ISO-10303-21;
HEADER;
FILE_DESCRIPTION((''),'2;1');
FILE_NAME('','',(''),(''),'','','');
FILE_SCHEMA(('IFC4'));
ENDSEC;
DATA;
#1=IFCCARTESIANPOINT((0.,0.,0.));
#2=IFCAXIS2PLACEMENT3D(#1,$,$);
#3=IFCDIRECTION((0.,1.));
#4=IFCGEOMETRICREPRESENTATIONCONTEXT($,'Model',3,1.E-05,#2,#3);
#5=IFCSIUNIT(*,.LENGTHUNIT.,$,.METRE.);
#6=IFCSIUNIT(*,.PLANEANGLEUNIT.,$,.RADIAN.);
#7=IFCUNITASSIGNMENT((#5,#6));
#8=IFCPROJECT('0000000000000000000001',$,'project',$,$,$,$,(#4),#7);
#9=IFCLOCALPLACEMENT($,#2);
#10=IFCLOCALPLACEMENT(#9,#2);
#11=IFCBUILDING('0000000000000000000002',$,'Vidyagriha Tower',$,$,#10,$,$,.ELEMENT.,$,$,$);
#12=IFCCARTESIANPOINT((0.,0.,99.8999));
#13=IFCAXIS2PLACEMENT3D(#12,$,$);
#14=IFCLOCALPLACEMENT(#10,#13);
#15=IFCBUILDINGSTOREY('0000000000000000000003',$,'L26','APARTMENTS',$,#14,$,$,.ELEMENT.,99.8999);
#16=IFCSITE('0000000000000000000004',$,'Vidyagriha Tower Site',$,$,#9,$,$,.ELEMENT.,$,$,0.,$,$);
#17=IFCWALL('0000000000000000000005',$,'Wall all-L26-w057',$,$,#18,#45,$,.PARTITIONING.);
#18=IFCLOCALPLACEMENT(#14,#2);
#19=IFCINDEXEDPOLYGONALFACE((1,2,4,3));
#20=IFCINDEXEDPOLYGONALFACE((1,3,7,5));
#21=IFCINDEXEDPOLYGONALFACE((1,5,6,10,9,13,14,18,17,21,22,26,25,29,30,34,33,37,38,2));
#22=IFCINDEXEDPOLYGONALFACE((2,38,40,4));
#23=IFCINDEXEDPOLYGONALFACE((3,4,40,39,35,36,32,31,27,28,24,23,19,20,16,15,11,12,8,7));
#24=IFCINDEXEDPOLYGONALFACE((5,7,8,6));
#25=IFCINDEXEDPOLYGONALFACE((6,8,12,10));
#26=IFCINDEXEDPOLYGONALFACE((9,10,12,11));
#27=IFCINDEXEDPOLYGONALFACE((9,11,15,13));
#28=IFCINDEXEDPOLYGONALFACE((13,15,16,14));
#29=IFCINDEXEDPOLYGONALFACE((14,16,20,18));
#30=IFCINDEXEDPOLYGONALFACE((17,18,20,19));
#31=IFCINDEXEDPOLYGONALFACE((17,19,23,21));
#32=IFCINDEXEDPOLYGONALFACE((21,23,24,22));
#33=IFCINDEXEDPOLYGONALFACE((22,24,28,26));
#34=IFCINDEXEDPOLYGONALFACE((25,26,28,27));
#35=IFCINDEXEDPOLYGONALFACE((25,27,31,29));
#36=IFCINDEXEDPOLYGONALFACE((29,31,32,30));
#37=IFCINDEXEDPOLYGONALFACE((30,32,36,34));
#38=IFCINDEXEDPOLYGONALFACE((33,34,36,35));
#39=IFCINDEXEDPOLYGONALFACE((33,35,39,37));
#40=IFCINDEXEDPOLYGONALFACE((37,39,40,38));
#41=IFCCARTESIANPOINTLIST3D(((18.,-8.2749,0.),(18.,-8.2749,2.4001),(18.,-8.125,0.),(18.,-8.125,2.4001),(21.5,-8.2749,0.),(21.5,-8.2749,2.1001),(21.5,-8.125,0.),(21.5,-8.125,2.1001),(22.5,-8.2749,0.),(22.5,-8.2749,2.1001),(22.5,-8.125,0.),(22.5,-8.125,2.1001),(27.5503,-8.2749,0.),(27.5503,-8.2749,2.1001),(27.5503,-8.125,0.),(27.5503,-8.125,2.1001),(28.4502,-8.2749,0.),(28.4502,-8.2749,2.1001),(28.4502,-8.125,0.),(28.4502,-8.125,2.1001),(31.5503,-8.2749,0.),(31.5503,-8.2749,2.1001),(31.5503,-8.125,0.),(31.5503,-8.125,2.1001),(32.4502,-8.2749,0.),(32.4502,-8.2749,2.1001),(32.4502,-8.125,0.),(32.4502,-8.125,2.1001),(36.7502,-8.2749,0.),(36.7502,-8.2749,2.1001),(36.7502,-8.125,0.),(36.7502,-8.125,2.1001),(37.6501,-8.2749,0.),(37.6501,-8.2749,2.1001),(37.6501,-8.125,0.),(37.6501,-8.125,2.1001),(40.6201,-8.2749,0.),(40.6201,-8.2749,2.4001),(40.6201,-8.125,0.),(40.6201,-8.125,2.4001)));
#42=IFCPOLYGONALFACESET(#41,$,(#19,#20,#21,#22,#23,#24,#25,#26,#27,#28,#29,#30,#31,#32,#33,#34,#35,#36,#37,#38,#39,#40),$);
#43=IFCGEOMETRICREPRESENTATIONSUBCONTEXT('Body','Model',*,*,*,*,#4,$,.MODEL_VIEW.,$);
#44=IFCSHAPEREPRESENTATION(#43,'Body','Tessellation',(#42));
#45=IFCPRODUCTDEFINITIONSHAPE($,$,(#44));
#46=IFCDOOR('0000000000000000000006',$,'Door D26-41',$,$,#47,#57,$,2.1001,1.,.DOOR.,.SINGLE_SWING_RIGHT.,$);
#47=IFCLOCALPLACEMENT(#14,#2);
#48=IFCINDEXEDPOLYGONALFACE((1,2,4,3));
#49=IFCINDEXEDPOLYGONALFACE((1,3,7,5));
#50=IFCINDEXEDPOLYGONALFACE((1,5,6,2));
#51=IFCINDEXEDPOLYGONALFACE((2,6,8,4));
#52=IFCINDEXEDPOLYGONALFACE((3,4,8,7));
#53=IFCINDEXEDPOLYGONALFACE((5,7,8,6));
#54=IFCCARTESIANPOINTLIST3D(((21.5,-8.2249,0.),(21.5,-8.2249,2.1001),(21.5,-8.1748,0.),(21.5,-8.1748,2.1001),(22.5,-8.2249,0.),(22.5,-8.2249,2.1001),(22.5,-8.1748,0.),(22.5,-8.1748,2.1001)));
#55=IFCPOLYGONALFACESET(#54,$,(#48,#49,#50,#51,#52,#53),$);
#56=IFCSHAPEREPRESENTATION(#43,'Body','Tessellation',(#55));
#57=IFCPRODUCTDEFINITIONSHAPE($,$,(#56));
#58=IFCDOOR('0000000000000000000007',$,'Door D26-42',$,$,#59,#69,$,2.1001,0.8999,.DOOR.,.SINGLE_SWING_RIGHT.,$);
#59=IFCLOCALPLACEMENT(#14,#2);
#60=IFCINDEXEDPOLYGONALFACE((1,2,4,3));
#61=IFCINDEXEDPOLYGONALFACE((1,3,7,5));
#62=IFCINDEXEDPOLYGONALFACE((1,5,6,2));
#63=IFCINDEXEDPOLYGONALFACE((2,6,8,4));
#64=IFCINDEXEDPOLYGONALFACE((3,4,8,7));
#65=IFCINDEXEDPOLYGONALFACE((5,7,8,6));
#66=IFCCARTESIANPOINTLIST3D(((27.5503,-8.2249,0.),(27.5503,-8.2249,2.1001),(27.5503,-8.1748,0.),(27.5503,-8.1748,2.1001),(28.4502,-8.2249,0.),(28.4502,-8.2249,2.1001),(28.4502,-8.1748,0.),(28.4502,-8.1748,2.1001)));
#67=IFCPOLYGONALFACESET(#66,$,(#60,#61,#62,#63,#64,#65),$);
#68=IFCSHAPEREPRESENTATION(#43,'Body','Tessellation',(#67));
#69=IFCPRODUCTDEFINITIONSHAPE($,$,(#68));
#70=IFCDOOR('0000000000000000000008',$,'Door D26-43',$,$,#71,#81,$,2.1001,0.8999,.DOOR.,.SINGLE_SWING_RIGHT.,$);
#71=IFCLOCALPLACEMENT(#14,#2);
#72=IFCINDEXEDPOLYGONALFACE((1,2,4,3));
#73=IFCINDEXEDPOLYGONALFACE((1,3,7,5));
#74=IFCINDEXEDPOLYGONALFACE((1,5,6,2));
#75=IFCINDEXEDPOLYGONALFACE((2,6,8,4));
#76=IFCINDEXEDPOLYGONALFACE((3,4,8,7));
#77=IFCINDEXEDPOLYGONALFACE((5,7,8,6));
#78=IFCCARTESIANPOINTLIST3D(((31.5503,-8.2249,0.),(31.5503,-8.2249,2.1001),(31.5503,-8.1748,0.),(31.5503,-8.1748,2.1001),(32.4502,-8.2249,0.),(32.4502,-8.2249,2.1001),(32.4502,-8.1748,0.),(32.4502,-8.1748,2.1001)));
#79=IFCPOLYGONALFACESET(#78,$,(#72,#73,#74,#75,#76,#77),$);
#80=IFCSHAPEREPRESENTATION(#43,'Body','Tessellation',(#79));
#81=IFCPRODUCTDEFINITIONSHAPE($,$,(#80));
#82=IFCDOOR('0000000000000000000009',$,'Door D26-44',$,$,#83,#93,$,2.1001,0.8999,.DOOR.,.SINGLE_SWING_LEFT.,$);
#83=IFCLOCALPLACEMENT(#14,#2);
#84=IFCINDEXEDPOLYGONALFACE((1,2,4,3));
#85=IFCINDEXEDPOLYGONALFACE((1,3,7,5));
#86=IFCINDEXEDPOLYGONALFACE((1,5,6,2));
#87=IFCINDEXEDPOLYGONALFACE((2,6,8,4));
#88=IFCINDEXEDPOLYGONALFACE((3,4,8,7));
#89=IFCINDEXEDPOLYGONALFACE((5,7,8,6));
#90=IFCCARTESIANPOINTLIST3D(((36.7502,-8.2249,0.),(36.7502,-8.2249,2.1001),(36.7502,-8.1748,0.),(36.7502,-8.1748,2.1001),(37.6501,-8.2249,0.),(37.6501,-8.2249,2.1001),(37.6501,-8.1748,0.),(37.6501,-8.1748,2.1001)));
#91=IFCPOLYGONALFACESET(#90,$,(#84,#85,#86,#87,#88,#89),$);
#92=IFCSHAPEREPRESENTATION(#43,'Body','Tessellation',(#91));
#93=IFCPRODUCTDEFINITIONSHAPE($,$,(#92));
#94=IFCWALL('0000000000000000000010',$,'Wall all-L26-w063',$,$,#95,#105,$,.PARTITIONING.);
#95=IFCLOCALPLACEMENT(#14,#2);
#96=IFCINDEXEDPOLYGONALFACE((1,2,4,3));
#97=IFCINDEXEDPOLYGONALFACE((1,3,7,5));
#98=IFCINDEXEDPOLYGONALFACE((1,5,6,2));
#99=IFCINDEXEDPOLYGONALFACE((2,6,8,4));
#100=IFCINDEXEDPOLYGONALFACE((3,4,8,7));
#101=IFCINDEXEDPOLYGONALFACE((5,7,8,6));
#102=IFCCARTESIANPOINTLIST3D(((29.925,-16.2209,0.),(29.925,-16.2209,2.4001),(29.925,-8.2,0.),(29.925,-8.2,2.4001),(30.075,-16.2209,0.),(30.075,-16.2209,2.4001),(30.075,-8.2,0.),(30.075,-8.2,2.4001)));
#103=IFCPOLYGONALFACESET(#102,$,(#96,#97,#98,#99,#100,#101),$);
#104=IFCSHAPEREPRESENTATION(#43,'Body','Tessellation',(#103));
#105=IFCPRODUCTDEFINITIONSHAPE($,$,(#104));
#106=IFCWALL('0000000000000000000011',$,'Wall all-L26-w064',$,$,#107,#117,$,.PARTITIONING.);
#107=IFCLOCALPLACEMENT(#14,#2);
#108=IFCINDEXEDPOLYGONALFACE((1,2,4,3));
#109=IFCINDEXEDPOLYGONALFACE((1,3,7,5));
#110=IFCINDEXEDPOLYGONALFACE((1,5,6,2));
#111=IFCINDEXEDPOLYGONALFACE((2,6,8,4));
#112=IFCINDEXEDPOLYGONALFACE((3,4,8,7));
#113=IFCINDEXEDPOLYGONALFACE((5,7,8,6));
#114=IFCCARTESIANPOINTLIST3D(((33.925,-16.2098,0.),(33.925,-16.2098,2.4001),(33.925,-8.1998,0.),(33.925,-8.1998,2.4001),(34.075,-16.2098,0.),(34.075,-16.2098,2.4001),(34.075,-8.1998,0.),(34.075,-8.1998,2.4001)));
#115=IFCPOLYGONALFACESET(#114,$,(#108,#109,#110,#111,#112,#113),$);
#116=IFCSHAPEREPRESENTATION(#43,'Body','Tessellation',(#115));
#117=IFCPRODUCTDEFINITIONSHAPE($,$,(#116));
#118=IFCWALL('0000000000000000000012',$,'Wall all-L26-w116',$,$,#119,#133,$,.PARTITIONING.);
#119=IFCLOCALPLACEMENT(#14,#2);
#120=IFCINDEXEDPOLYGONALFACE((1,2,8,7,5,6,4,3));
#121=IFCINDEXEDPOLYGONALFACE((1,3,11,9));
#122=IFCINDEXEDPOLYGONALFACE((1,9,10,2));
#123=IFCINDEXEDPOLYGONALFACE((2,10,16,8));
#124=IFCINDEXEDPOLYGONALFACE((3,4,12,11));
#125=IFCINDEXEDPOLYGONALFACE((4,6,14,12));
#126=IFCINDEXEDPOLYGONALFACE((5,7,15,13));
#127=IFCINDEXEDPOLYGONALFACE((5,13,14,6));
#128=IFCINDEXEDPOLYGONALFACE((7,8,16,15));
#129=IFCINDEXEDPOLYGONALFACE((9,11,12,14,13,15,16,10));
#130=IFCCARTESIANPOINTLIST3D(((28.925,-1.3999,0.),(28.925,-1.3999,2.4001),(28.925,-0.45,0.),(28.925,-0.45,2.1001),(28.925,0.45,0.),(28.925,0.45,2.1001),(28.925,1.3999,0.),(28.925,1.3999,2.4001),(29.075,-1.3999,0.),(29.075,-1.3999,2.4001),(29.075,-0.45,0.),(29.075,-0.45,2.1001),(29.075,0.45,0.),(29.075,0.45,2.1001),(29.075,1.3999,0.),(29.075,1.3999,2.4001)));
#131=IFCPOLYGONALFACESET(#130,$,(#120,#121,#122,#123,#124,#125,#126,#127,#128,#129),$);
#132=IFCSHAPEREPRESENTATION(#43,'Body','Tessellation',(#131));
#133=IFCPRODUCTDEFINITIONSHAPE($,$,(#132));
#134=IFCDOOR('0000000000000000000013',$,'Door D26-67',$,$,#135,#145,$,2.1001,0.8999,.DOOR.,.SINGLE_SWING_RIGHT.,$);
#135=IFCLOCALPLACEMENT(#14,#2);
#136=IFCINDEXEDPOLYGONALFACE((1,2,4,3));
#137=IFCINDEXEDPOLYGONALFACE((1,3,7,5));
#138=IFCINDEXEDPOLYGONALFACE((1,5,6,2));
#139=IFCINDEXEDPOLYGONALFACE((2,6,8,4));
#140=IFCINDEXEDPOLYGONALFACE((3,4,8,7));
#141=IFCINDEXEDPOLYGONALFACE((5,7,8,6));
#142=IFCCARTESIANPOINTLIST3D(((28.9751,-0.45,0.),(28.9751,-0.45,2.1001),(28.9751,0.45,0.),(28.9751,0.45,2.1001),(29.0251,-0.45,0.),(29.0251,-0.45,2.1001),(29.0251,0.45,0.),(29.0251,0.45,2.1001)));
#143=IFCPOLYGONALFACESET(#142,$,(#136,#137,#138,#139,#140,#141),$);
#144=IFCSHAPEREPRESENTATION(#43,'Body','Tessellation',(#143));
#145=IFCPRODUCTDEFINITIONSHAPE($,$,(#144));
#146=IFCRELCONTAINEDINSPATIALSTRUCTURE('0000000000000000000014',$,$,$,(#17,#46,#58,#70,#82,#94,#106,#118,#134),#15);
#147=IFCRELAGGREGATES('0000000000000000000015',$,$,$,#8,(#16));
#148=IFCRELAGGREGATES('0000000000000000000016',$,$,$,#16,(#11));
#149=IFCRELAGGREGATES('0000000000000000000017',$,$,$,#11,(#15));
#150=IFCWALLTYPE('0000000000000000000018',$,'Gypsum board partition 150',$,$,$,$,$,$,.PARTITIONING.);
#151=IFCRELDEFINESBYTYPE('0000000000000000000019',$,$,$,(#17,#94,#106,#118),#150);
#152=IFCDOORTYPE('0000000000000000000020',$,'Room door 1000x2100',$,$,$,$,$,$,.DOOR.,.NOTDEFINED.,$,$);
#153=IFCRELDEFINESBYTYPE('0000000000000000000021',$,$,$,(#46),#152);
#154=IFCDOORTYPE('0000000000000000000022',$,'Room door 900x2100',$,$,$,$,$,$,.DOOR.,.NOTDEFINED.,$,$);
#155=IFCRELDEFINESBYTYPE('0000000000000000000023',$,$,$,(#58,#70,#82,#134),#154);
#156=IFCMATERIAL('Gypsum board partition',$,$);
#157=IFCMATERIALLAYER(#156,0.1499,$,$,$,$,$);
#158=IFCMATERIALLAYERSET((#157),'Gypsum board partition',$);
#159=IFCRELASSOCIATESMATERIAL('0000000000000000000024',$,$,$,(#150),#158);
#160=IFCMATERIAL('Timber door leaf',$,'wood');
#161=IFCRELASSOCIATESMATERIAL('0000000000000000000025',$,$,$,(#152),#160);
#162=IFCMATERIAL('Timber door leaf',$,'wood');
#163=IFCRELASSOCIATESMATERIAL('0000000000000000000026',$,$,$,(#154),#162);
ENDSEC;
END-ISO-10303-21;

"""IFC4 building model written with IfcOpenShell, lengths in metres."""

from ifc_helpers import new_model, si_unit, direction, frame, frame_2d, origin, place, context, subcontext, project, spatial, rectangle, extrude, material, layer, layer_set, type_object, element, fill, save


model = new_model("IFC4")

# Units and contexts
model_context = context("Model", 3, precision=1e-05, world=origin(), true_north=direction((0.0, 1.0)))
body_context = subcontext(model_context, "Body", "Model", "MODEL_VIEW")
ifc_project = project(units=[si_unit("LENGTHUNIT", "METRE"), si_unit("PLANEANGLEUNIT", "RADIAN")], contexts=[model_context])

# Site, building, storey
site_placement = place(None, origin())
site = spatial("IfcSite", under=ifc_project, at=site_placement, Name="Vidyagriha Tower Site", CompositionType="ELEMENT", RefElevation=0.0)
building_placement = place(site_placement, origin())
building = spatial("IfcBuilding", under=site, at=building_placement, Name="Vidyagriha Tower", CompositionType="ELEMENT")
storey_placement = place(building_placement, frame((0.0, 0.0, 99.8999)))
storey = spatial("IfcBuildingStorey", under=building, at=storey_placement, Name="L26", Description="APARTMENTS", CompositionType="ELEMENT", Elevation=99.8999)

# Shared definitions
ifc_material_1 = material(Name="Gypsum board partition")
ifc_layer_1 = layer(ifc_material_1, 0.1499)
ifc_layer_set_1 = layer_set([ifc_layer_1], Name="Gypsum board partition")
wall_type_1 = type_object("IfcWallType", Name="Gypsum board partition 150", PredefinedType="PARTITIONING", material=ifc_layer_set_1)

# Wall, openings, doors
wall_1_placement = place(storey_placement, frame((40.6201, -8.2, 0.0), z_axis=(0.0, 0.0, 1.0), x_axis=(-1.0, 0.0, 0.0)))
wall_1 = element("IfcWall", 1, at=wall_1_placement, inside=storey, type_object=wall_type_1, Name="Wall all-L26-w057", PredefinedType="PARTITIONING", context=body_context, shape_type="SweptSolid", body=[
    extrude(rectangle(XDim=22.6201, YDim=0.1499, at=frame_2d((11.3101, 0.0))), origin(), (0.0, 0.0, 1.0), 2.4001),
])
opening_1_placement = place(wall_1_placement, frame((18.1201, 0.0, 0.0)))
opening_1 = element("IfcOpeningElement", 2, at=opening_1_placement, cuts=wall_1, PredefinedType="OPENING", context=body_context, shape_type="SweptSolid", body=[
    extrude(rectangle(XDim=1.0, YDim=2.1001, at=frame_2d((0.5, 1.05))), frame((0.0, 0.085, 0.0), z_axis=(0.0, -1.0, 0.0), x_axis=(1.0, 0.0, 0.0)), (0.0, 0.0, 1.0), 0.1699),
])
opening_2_placement = place(wall_1_placement, frame((12.1699, 0.0, 0.0)))
opening_2 = element("IfcOpeningElement", 3, at=opening_2_placement, cuts=wall_1, PredefinedType="OPENING", context=body_context, shape_type="SweptSolid", body=[
    extrude(rectangle(XDim=0.8999, YDim=2.1001, at=frame_2d((0.45, 1.05))), frame((0.0, 0.085, 0.0), z_axis=(0.0, -1.0, 0.0), x_axis=(1.0, 0.0, 0.0)), (0.0, 0.0, 1.0), 0.1699),
])
opening_3_placement = place(wall_1_placement, frame((8.1699, 0.0, 0.0)))
opening_3 = element("IfcOpeningElement", 4, at=opening_3_placement, cuts=wall_1, PredefinedType="OPENING", context=body_context, shape_type="SweptSolid", body=[
    extrude(rectangle(XDim=0.8999, YDim=2.1001, at=frame_2d((0.45, 1.05))), frame((0.0, 0.085, 0.0), z_axis=(0.0, -1.0, 0.0), x_axis=(1.0, 0.0, 0.0)), (0.0, 0.0, 1.0), 0.1699),
])
opening_4_placement = place(wall_1_placement, frame((2.97, 0.0, 0.0)))
opening_4 = element("IfcOpeningElement", 5, at=opening_4_placement, cuts=wall_1, PredefinedType="OPENING", context=body_context, shape_type="SweptSolid", body=[
    extrude(rectangle(XDim=0.8999, YDim=2.1001, at=frame_2d((0.45, 1.05))), frame((0.0, 0.085, 0.0), z_axis=(0.0, -1.0, 0.0), x_axis=(1.0, 0.0, 0.0)), (0.0, 0.0, 1.0), 0.1699),
])
ifc_material_2 = material(Name="Timber door leaf", Category="wood")
door_type_1 = type_object("IfcDoorType", Name="Room door 1000x2100", OperationType="NOTDEFINED", PredefinedType="DOOR", material=ifc_material_2)
door_1_placement = place(opening_1_placement, origin())
door_1 = element("IfcDoor", 6, at=door_1_placement, inside=storey, type_object=door_type_1, Name="Door D26-41", OperationType="SINGLE_SWING_RIGHT", OverallHeight=2.1001, OverallWidth=1.0, PredefinedType="DOOR", context=body_context, shape_type="SweptSolid", body=[
    extrude(rectangle(XDim=1.0, YDim=2.1001, at=frame_2d((0.5, 1.05))), frame((0.0, 0.0249, 0.0), z_axis=(0.0, -1.0, 0.0), x_axis=(1.0, 0.0, 0.0)), (0.0, 0.0, 1.0), 0.05),
])
fill(opening_1, door_1)
ifc_material_3 = material(Name="Timber door leaf", Category="wood")
door_type_2 = type_object("IfcDoorType", Name="Room door 900x2100", OperationType="NOTDEFINED", PredefinedType="DOOR", material=ifc_material_3)
door_2_placement = place(opening_2_placement, origin())
door_2 = element("IfcDoor", 7, at=door_2_placement, inside=storey, type_object=door_type_2, Name="Door D26-42", OperationType="SINGLE_SWING_RIGHT", OverallHeight=2.1001, OverallWidth=0.8999, PredefinedType="DOOR", context=body_context, shape_type="SweptSolid", body=[
    extrude(rectangle(XDim=0.8999, YDim=2.1001, at=frame_2d((0.45, 1.05))), frame((0.0, 0.0249, 0.0), z_axis=(0.0, -1.0, 0.0), x_axis=(1.0, 0.0, 0.0)), (0.0, 0.0, 1.0), 0.05),
])
fill(opening_2, door_2)
door_3_placement = place(opening_3_placement, origin())
door_3 = element("IfcDoor", 8, at=door_3_placement, inside=storey, type_object=door_type_2, Name="Door D26-43", OperationType="SINGLE_SWING_RIGHT", OverallHeight=2.1001, OverallWidth=0.8999, PredefinedType="DOOR", context=body_context, shape_type="SweptSolid", body=[
    extrude(rectangle(XDim=0.8999, YDim=2.1001, at=frame_2d((0.45, 1.05))), frame((0.0, 0.0249, 0.0), z_axis=(0.0, -1.0, 0.0), x_axis=(1.0, 0.0, 0.0)), (0.0, 0.0, 1.0), 0.05),
])
fill(opening_3, door_3)
door_4_placement = place(opening_4_placement, origin())
door_4 = element("IfcDoor", 9, at=door_4_placement, inside=storey, type_object=door_type_2, Name="Door D26-44", OperationType="SINGLE_SWING_LEFT", OverallHeight=2.1001, OverallWidth=0.8999, PredefinedType="DOOR", context=body_context, shape_type="SweptSolid", body=[
    extrude(rectangle(XDim=0.8999, YDim=2.1001, at=frame_2d((0.45, 1.05))), frame((0.0, 0.0249, 0.0), z_axis=(0.0, -1.0, 0.0), x_axis=(1.0, 0.0, 0.0)), (0.0, 0.0, 1.0), 0.05),
])
fill(opening_4, door_4)

# Walls
wall_2_placement = place(storey_placement, frame((30.0, -8.2, 0.0), z_axis=(0.0, 0.0, 1.0), x_axis=(0.0, -1.0, 0.0)))
element("IfcWall", 10, at=wall_2_placement, inside=storey, type_object=wall_type_1, Name="Wall all-L26-w063", PredefinedType="PARTITIONING", context=body_context, shape_type="SweptSolid", body=[
    extrude(rectangle(XDim=8.021, YDim=0.1499, at=frame_2d((4.0105, 0.0))), origin(), (0.0, 0.0, 1.0), 2.4001),
])
wall_3_placement = place(storey_placement, frame((34.0, -8.2, 0.0), z_axis=(0.0, 0.0, 1.0), x_axis=(0.0, -1.0, 0.0)))
element("IfcWall", 11, at=wall_3_placement, inside=storey, type_object=wall_type_1, Name="Wall all-L26-w064", PredefinedType="PARTITIONING", context=body_context, shape_type="SweptSolid", body=[
    extrude(rectangle(XDim=8.01, YDim=0.1499, at=frame_2d((4.0049, 0.0))), origin(), (0.0, 0.0, 1.0), 2.4001),
])

# Wall, opening, door
wall_4_placement = place(storey_placement, frame((29.0, -1.3999, 0.0), z_axis=(0.0, 0.0, 1.0), x_axis=(0.0, 1.0, 0.0)))
wall_4 = element("IfcWall", 12, at=wall_4_placement, inside=storey, type_object=wall_type_1, Name="Wall all-L26-w116", PredefinedType="PARTITIONING", context=body_context, shape_type="SweptSolid", body=[
    extrude(rectangle(XDim=2.7998, YDim=0.1499, at=frame_2d((1.3999, 0.0))), origin(), (0.0, 0.0, 1.0), 2.4001),
])
opening_5_placement = place(wall_4_placement, frame((0.95, 0.0, 0.0)))
opening_5 = element("IfcOpeningElement", 13, at=opening_5_placement, cuts=wall_4, PredefinedType="OPENING", context=body_context, shape_type="SweptSolid", body=[
    extrude(rectangle(XDim=0.8999, YDim=2.1001, at=frame_2d((0.45, 1.05))), frame((0.0, 0.085, 0.0), z_axis=(0.0, -1.0, 0.0), x_axis=(1.0, 0.0, 0.0)), (0.0, 0.0, 1.0), 0.1699),
])
door_5_placement = place(opening_5_placement, origin())
door_5 = element("IfcDoor", 14, at=door_5_placement, inside=storey, type_object=door_type_2, Name="Door D26-67", OperationType="SINGLE_SWING_RIGHT", OverallHeight=2.1001, OverallWidth=0.8999, PredefinedType="DOOR", context=body_context, shape_type="SweptSolid", body=[
    extrude(rectangle(XDim=0.8999, YDim=2.1001, at=frame_2d((0.45, 1.05))), frame((0.0, 0.0249, 0.0), z_axis=(0.0, -1.0, 0.0), x_axis=(1.0, 0.0, 0.0)), (0.0, 0.0, 1.0), 0.05),
])
fill(opening_5, door_5)

save(model, "model.ifc")
